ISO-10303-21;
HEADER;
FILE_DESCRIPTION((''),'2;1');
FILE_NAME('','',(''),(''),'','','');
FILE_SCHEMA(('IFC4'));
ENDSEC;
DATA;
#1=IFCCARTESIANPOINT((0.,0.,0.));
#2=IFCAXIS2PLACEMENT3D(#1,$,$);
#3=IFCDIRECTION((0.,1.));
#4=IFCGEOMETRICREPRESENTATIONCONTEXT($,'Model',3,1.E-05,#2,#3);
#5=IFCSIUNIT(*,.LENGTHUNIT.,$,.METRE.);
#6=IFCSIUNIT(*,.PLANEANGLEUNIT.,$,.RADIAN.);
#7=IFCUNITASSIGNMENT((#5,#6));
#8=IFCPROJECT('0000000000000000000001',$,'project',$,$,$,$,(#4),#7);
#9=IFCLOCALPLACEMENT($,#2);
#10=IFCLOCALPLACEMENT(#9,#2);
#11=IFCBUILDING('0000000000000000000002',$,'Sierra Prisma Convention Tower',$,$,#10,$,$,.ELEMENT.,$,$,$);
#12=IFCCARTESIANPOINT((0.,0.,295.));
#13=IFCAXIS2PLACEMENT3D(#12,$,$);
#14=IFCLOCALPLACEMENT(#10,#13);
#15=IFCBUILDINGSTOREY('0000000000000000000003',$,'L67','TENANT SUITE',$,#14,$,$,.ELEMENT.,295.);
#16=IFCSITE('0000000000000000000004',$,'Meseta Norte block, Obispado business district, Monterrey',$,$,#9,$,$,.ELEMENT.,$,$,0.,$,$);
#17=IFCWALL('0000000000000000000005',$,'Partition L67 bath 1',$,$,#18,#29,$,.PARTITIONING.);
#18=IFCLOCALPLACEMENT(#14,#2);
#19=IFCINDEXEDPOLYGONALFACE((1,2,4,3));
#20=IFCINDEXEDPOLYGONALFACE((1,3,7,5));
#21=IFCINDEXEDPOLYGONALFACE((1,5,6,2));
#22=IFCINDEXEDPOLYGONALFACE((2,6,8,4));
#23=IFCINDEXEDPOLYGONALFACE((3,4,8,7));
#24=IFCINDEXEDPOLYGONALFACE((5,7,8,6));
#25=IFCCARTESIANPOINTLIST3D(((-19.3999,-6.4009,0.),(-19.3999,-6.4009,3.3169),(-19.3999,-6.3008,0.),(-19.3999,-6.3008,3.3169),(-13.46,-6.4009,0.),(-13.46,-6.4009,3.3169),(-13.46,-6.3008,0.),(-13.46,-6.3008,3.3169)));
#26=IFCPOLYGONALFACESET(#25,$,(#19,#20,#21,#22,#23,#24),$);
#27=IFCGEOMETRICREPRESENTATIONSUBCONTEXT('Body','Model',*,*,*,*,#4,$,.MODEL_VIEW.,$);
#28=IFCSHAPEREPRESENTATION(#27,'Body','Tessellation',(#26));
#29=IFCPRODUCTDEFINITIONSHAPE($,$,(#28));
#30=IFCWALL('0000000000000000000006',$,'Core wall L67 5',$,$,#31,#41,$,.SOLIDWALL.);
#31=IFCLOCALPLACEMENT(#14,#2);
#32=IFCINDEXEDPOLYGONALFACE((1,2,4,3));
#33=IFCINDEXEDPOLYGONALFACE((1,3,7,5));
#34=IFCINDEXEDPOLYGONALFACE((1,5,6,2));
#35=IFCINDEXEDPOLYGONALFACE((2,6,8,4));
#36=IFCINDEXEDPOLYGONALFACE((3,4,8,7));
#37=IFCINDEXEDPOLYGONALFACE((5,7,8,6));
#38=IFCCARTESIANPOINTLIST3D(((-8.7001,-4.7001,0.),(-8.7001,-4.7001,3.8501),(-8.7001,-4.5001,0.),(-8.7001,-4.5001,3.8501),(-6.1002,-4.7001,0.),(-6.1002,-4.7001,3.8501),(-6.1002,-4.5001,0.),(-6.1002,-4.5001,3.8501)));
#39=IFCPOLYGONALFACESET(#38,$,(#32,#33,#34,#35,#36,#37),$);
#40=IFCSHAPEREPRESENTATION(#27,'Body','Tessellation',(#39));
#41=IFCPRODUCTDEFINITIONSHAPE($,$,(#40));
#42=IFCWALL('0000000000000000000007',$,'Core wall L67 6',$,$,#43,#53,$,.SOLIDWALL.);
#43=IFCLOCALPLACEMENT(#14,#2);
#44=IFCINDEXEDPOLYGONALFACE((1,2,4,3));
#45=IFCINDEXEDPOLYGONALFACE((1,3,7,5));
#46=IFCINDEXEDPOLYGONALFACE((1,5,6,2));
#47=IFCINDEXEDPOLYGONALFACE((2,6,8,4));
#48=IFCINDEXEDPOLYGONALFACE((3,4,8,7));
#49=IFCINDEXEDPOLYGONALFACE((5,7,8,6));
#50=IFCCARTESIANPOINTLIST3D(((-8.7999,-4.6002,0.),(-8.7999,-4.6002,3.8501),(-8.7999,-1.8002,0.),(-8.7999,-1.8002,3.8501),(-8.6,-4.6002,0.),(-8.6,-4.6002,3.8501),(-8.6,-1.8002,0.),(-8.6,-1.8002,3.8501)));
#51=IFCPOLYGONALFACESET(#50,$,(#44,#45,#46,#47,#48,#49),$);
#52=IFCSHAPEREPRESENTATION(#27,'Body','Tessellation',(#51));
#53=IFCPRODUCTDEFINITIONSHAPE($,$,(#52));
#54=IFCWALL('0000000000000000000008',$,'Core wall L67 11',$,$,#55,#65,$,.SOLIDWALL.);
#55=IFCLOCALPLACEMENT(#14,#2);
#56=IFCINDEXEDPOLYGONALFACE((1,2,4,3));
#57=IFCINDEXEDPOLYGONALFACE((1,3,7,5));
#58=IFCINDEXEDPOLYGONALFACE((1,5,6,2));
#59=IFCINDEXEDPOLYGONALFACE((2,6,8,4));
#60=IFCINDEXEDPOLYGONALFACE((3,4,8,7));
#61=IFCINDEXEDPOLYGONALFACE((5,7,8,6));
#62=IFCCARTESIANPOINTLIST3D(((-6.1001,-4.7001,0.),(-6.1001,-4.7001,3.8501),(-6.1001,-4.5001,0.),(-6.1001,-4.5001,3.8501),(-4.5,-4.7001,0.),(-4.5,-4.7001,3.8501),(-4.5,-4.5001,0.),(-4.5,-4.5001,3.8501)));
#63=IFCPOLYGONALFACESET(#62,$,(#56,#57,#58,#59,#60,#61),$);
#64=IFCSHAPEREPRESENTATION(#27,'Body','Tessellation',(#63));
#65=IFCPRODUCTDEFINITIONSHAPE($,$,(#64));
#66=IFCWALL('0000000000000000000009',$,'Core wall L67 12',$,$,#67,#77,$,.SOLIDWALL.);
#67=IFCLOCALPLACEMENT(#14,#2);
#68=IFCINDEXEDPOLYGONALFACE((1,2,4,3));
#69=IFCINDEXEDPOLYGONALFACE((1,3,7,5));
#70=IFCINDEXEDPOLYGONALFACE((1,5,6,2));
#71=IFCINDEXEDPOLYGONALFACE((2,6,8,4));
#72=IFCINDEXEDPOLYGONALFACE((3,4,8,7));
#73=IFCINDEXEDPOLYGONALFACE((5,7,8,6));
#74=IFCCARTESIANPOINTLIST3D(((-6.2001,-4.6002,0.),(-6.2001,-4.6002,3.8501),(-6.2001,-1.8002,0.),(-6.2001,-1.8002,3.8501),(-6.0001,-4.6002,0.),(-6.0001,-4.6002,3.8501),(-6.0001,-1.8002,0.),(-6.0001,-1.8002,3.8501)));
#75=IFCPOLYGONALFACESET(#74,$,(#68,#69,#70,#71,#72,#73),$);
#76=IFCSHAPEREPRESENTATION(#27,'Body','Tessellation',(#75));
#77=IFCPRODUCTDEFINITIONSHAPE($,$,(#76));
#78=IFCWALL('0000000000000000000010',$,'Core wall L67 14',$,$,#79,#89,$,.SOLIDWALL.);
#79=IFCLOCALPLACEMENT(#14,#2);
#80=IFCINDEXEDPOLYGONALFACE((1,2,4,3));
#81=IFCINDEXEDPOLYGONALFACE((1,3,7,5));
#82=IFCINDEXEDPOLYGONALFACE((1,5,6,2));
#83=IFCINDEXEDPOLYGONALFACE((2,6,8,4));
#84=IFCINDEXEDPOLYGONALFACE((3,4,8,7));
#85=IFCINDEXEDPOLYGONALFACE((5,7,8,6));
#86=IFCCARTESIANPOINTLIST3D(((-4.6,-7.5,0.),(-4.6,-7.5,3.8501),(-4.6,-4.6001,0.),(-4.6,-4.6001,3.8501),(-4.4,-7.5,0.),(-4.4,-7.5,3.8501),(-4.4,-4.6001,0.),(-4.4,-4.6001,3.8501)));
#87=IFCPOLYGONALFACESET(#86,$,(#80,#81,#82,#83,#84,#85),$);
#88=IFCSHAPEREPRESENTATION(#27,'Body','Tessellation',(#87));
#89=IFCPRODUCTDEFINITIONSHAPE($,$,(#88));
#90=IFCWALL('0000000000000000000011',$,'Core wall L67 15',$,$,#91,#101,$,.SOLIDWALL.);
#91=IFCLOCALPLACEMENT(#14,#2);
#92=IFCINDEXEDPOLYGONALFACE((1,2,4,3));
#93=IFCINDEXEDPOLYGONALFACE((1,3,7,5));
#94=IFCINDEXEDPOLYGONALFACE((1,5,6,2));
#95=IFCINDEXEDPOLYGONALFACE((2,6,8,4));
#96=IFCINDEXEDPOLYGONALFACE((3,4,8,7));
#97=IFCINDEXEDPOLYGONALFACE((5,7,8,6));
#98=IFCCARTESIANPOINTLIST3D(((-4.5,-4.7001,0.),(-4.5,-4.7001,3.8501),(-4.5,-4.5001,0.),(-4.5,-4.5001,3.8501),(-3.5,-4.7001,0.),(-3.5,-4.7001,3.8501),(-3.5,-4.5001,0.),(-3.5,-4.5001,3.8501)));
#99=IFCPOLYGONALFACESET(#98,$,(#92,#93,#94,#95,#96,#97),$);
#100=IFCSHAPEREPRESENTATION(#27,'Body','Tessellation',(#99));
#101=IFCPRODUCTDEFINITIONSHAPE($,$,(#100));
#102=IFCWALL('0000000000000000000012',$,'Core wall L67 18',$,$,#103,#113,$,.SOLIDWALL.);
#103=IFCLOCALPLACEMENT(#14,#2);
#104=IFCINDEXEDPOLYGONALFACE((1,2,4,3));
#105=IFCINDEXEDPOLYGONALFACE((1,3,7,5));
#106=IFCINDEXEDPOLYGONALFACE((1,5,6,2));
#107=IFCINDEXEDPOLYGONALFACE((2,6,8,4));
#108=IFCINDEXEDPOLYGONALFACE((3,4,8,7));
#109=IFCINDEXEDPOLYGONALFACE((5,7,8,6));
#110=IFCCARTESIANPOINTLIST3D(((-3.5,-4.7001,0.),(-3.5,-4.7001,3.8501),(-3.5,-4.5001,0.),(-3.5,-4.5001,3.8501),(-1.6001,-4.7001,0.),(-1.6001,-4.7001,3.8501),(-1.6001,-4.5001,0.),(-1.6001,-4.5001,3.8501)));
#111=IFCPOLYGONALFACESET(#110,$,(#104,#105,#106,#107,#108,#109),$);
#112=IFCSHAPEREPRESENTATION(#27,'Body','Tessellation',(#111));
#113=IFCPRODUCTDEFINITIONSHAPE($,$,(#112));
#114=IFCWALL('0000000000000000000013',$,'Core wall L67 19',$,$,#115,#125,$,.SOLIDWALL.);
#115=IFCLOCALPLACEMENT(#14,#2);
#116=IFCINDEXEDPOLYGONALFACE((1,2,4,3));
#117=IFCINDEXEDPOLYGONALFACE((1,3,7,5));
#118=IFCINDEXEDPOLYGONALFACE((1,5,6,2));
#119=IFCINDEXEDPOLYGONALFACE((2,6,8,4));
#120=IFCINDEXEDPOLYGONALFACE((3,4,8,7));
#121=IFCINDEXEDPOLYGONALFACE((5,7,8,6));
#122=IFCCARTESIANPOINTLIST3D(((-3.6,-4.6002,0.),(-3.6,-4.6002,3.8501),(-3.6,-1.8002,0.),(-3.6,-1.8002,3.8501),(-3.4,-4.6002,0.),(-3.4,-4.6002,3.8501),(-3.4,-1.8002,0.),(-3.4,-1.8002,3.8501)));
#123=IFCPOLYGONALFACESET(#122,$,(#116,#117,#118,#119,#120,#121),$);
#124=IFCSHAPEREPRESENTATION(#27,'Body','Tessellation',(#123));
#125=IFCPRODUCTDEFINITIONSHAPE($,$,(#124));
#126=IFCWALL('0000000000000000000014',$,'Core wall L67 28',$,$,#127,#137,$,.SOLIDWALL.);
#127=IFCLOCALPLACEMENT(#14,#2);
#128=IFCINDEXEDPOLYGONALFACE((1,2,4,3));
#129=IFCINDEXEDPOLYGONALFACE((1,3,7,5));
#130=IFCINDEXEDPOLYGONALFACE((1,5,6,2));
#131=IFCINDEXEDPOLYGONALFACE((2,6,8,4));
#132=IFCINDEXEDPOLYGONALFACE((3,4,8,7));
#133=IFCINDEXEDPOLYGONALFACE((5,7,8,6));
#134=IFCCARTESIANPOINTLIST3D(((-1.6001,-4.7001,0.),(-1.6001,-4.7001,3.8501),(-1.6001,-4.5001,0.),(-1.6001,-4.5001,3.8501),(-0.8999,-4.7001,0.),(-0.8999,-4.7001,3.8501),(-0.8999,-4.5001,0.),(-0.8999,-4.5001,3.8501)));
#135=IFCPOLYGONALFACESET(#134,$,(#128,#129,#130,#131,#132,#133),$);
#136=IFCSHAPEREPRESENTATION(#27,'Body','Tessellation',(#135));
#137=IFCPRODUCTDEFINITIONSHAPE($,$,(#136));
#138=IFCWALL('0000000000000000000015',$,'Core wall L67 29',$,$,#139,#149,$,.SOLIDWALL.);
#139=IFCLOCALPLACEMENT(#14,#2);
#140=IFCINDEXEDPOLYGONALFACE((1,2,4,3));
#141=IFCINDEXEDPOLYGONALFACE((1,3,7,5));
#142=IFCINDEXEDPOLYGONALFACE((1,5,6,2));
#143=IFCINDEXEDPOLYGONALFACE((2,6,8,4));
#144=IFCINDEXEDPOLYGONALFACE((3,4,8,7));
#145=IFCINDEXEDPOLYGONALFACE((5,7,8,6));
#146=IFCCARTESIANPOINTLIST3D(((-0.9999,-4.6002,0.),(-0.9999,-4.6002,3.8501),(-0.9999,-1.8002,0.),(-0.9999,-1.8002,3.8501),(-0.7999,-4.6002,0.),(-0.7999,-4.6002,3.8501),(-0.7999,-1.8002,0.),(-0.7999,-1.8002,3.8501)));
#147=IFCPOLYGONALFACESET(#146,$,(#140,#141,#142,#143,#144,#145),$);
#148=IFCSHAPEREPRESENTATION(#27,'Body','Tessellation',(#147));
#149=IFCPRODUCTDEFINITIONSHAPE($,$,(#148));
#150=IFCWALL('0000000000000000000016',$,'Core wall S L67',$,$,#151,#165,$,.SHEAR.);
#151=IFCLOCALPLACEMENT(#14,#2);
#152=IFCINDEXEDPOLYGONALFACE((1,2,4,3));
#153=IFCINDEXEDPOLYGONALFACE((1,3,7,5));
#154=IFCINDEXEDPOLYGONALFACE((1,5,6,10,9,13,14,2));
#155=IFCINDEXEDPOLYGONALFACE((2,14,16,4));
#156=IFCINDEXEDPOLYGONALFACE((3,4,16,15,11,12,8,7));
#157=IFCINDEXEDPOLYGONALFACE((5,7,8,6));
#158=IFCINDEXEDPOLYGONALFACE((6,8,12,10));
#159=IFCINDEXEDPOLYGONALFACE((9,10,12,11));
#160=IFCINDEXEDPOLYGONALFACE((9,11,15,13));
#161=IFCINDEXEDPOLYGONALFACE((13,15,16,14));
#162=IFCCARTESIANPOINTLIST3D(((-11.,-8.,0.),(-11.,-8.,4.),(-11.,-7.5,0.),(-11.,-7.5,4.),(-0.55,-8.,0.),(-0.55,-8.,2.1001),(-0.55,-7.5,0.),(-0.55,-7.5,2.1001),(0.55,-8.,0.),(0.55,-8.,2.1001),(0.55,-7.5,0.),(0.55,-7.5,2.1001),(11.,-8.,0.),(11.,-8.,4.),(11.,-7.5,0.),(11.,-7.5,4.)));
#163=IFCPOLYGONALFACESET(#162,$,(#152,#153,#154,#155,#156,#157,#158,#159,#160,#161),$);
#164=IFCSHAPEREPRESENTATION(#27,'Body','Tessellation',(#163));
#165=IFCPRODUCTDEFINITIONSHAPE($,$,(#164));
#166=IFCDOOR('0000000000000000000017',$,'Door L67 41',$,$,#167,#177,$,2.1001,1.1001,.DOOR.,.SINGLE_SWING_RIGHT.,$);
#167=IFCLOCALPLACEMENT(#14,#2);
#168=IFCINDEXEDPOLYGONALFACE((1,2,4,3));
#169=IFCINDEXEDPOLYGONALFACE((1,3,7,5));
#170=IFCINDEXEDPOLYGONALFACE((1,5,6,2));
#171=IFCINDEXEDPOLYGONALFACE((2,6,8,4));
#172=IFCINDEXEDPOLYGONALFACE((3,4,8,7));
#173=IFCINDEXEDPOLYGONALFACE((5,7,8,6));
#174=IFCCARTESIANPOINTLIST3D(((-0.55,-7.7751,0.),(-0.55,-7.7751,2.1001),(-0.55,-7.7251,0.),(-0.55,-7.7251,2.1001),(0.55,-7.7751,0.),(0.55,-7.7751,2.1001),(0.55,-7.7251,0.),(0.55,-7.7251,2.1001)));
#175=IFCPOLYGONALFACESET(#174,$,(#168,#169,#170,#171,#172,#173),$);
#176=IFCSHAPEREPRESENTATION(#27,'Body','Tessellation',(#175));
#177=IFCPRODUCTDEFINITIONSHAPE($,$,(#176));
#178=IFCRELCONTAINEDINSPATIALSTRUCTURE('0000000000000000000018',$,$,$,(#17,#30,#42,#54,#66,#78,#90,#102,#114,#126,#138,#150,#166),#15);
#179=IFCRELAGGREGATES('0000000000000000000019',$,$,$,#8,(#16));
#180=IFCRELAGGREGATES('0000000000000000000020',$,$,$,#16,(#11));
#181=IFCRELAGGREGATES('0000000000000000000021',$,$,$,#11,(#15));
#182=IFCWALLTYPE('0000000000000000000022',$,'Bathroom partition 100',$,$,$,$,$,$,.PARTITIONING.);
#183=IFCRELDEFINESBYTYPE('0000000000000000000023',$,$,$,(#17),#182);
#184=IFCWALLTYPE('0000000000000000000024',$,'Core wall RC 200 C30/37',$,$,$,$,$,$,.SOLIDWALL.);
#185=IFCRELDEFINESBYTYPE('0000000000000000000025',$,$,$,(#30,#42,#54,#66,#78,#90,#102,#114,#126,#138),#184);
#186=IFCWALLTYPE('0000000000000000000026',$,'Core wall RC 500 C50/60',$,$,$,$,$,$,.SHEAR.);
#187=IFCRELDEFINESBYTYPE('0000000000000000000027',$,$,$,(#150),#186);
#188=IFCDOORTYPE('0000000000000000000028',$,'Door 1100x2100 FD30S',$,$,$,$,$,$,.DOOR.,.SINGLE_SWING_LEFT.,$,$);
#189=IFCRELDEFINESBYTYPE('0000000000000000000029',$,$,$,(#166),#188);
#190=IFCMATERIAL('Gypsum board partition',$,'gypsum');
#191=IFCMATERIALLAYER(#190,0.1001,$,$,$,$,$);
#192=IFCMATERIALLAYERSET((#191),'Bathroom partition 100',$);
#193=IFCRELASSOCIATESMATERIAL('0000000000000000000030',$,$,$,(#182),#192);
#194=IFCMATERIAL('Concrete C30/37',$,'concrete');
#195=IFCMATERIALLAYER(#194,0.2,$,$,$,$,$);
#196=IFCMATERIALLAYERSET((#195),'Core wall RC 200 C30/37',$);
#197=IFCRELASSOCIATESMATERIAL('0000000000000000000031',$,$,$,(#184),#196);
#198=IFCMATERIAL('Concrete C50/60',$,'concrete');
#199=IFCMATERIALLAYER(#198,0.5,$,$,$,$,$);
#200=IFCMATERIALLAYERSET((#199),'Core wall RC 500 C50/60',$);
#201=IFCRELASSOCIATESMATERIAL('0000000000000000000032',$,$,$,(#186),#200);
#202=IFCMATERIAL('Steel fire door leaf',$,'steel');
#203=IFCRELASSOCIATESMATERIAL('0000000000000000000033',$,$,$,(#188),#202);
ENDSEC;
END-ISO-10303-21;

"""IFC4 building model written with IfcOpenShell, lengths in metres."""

from ifc_helpers import new_model, si_unit, direction, frame, frame_2d, origin, place, context, subcontext, project, spatial, rectangle, extrude, material, layer, layer_set, type_object, element, fill, save


model = new_model("IFC4")

# Units and contexts
model_context = context("Model", 3, precision=1e-05, world=origin(), true_north=direction((0.0, 1.0)))
body_context = subcontext(model_context, "Body", "Model", "MODEL_VIEW")
ifc_project = project(units=[si_unit("LENGTHUNIT", "METRE"), si_unit("PLANEANGLEUNIT", "RADIAN")], contexts=[model_context])

# Site, building, storey
site_placement = place(None, origin())
site = spatial("IfcSite", under=ifc_project, at=site_placement, Name="Meseta Norte block, Obispado business district, Monterrey", CompositionType="ELEMENT", RefElevation=0.0)
building_placement = place(site_placement, origin())
building = spatial("IfcBuilding", under=site, at=building_placement, Name="Sierra Prisma Convention Tower", CompositionType="ELEMENT")
storey_placement = place(building_placement, frame((0.0, 0.0, 295.0)))
storey = spatial("IfcBuildingStorey", under=building, at=storey_placement, Name="L67", Description="TENANT SUITE", CompositionType="ELEMENT", Elevation=295.0)

# Wall
ifc_material_1 = material(Name="Gypsum board partition", Category="gypsum")
ifc_layer_1 = layer(ifc_material_1, 0.1001)
ifc_layer_set_1 = layer_set([ifc_layer_1], Name="Bathroom partition 100")
wall_type_1 = type_object("IfcWallType", Name="Bathroom partition 100", PredefinedType="PARTITIONING", material=ifc_layer_set_1)
wall_1_placement = place(storey_placement, frame((-13.46, -6.3508, 0.0), z_axis=(0.0, 0.0, 1.0), x_axis=(-1.0, 0.0, 0.0)))
element("IfcWall", 1, at=wall_1_placement, inside=storey, type_object=wall_type_1, Name="Partition L67 bath 1", PredefinedType="PARTITIONING", context=body_context, shape_type="SweptSolid", body=[
    extrude(rectangle(XDim=5.9399, YDim=0.1001, at=frame_2d((2.97, 0.0))), origin(), (0.0, 0.0, 1.0), 3.3169),
])

# Shared definitions
ifc_material_2 = material(Name="Concrete C30/37", Category="concrete")
ifc_layer_2 = layer(ifc_material_2, 0.2)
ifc_layer_set_2 = layer_set([ifc_layer_2], Name="Core wall RC 200 C30/37")
wall_type_2 = type_object("IfcWallType", Name="Core wall RC 200 C30/37", PredefinedType="SOLIDWALL", material=ifc_layer_set_2)

# Walls
wall_2_placement = place(storey_placement, frame((-8.7, -4.6001, 0.0), z_axis=(0.0, 0.0, 1.0), x_axis=(1.0, 0.0, 0.0)))
element("IfcWall", 2, at=wall_2_placement, inside=storey, type_object=wall_type_2, Name="Core wall L67 5", PredefinedType="SOLIDWALL", context=body_context, shape_type="SweptSolid", body=[
    extrude(rectangle(XDim=2.5999, YDim=0.2, at=frame_2d((1.2998, 0.0))), origin(), (0.0, 0.0, 1.0), 3.8501),
])
wall_3_placement = place(storey_placement, frame((-8.7, -4.6001, 0.0), z_axis=(0.0, 0.0, 1.0), x_axis=(0.0, 1.0, 0.0)))
element("IfcWall", 3, at=wall_3_placement, inside=storey, type_object=wall_type_2, Name="Core wall L67 6", PredefinedType="SOLIDWALL", context=body_context, shape_type="SweptSolid", body=[
    extrude(rectangle(XDim=2.8, YDim=0.2, at=frame_2d((1.3999, 0.0))), origin(), (0.0, 0.0, 1.0), 3.8501),
])
wall_4_placement = place(storey_placement, frame((-6.1001, -4.6001, 0.0), z_axis=(0.0, 0.0, 1.0), x_axis=(1.0, 0.0, 0.0)))
element("IfcWall", 4, at=wall_4_placement, inside=storey, type_object=wall_type_2, Name="Core wall L67 11", PredefinedType="SOLIDWALL", context=body_context, shape_type="SweptSolid", body=[
    extrude(rectangle(XDim=1.6001, YDim=0.2, at=frame_2d((0.8, 0.0))), origin(), (0.0, 0.0, 1.0), 3.8501),
])
wall_5_placement = place(storey_placement, frame((-6.1001, -4.6001, 0.0), z_axis=(0.0, 0.0, 1.0), x_axis=(0.0, 1.0, 0.0)))
element("IfcWall", 5, at=wall_5_placement, inside=storey, type_object=wall_type_2, Name="Core wall L67 12", PredefinedType="SOLIDWALL", context=body_context, shape_type="SweptSolid", body=[
    extrude(rectangle(XDim=2.8, YDim=0.2, at=frame_2d((1.3999, 0.0))), origin(), (0.0, 0.0, 1.0), 3.8501),
])
wall_6_placement = place(storey_placement, frame((-4.5, -4.6001, 0.0), z_axis=(0.0, 0.0, 1.0), x_axis=(0.0, -1.0, 0.0)))
element("IfcWall", 6, at=wall_6_placement, inside=storey, type_object=wall_type_2, Name="Core wall L67 14", PredefinedType="SOLIDWALL", context=body_context, shape_type="SweptSolid", body=[
    extrude(rectangle(XDim=2.8999, YDim=0.2, at=frame_2d((1.45, 0.0))), origin(), (0.0, 0.0, 1.0), 3.8501),
])
wall_7_placement = place(storey_placement, frame((-4.5, -4.6001, 0.0), z_axis=(0.0, 0.0, 1.0), x_axis=(1.0, 0.0, 0.0)))
element("IfcWall", 7, at=wall_7_placement, inside=storey, type_object=wall_type_2, Name="Core wall L67 15", PredefinedType="SOLIDWALL", context=body_context, shape_type="SweptSolid", body=[
    extrude(rectangle(XDim=1.0, YDim=0.2, at=frame_2d((0.5, 0.0))), origin(), (0.0, 0.0, 1.0), 3.8501),
])
wall_8_placement = place(storey_placement, frame((-3.5, -4.6001, 0.0), z_axis=(0.0, 0.0, 1.0), x_axis=(1.0, 0.0, 0.0)))
element("IfcWall", 8, at=wall_8_placement, inside=storey, type_object=wall_type_2, Name="Core wall L67 18", PredefinedType="SOLIDWALL", context=body_context, shape_type="SweptSolid", body=[
    extrude(rectangle(XDim=1.8999, YDim=0.2, at=frame_2d((0.95, 0.0))), origin(), (0.0, 0.0, 1.0), 3.8501),
])
wall_9_placement = place(storey_placement, frame((-3.5, -4.6001, 0.0), z_axis=(0.0, 0.0, 1.0), x_axis=(0.0, 1.0, 0.0)))
element("IfcWall", 9, at=wall_9_placement, inside=storey, type_object=wall_type_2, Name="Core wall L67 19", PredefinedType="SOLIDWALL", context=body_context, shape_type="SweptSolid", body=[
    extrude(rectangle(XDim=2.8, YDim=0.2, at=frame_2d((1.3999, 0.0))), origin(), (0.0, 0.0, 1.0), 3.8501),
])

# Walls
wall_10_placement = place(storey_placement, frame((-1.6001, -4.6001, 0.0), z_axis=(0.0, 0.0, 1.0), x_axis=(1.0, 0.0, 0.0)))
element("IfcWall", 10, at=wall_10_placement, inside=storey, type_object=wall_type_2, Name="Core wall L67 28", PredefinedType="SOLIDWALL", context=body_context, shape_type="SweptSolid", body=[
    extrude(rectangle(XDim=0.7002, YDim=0.2, at=frame_2d((0.3501, 0.0))), origin(), (0.0, 0.0, 1.0), 3.8501),
])
wall_11_placement = place(storey_placement, frame((-0.8999, -4.6001, 0.0), z_axis=(0.0, 0.0, 1.0), x_axis=(0.0, 1.0, 0.0)))
element("IfcWall", 11, at=wall_11_placement, inside=storey, type_object=wall_type_2, Name="Core wall L67 29", PredefinedType="SOLIDWALL", context=body_context, shape_type="SweptSolid", body=[
    extrude(rectangle(XDim=2.8, YDim=0.2, at=frame_2d((1.3999, 0.0))), origin(), (0.0, 0.0, 1.0), 3.8501),
])

# Wall, opening, door
ifc_material_3 = material(Name="Concrete C50/60", Category="concrete")
ifc_layer_3 = layer(ifc_material_3, 0.5)
ifc_layer_set_3 = layer_set([ifc_layer_3], Name="Core wall RC 500 C50/60")
wall_type_3 = type_object("IfcWallType", Name="Core wall RC 500 C50/60", PredefinedType="SHEAR", material=ifc_layer_set_3)
wall_12_placement = place(storey_placement, frame((-11.0, -7.75, 0.0), z_axis=(0.0, 0.0, 1.0), x_axis=(1.0, 0.0, 0.0)))
wall_12 = element("IfcWall", 12, at=wall_12_placement, inside=storey, type_object=wall_type_3, Name="Core wall S L67", PredefinedType="SHEAR", context=body_context, shape_type="SweptSolid", body=[
    extrude(rectangle(XDim=22.0, YDim=0.5, at=frame_2d((11.0, 0.0))), origin(), (0.0, 0.0, 1.0), 4.0),
])
opening_1_placement = place(wall_12_placement, frame((10.45, 0.0, 0.0)))
opening_1 = element("IfcOpeningElement", 13, at=opening_1_placement, cuts=wall_12, PredefinedType="OPENING", context=body_context, shape_type="SweptSolid", body=[
    extrude(rectangle(XDim=1.1001, YDim=2.1001, at=frame_2d((0.55, 1.05))), frame((0.0, 0.25, 0.0), z_axis=(0.0, -1.0, 0.0), x_axis=(1.0, 0.0, 0.0)), (0.0, 0.0, 1.0), 0.5),
])
ifc_material_4 = material(Name="Steel fire door leaf", Category="steel")
door_type_1 = type_object("IfcDoorType", Name="Door 1100x2100 FD30S", OperationType="SINGLE_SWING_LEFT", PredefinedType="DOOR", material=ifc_material_4)
door_1_placement = place(opening_1_placement, origin())
door_1 = element("IfcDoor", 14, at=door_1_placement, inside=storey, type_object=door_type_1, Name="Door L67 41", OperationType="SINGLE_SWING_RIGHT", OverallHeight=2.1001, OverallWidth=1.1001, PredefinedType="DOOR", context=body_context, shape_type="SweptSolid", body=[
    extrude(rectangle(XDim=1.1001, YDim=2.1001, at=frame_2d((0.55, 1.05))), frame((0.0, 0.0249, 0.0), z_axis=(0.0, -1.0, 0.0), x_axis=(1.0, 0.0, 0.0)), (0.0, 0.0, 1.0), 0.05),
])
fill(opening_1, door_1)

save(model, "model.ifc")
